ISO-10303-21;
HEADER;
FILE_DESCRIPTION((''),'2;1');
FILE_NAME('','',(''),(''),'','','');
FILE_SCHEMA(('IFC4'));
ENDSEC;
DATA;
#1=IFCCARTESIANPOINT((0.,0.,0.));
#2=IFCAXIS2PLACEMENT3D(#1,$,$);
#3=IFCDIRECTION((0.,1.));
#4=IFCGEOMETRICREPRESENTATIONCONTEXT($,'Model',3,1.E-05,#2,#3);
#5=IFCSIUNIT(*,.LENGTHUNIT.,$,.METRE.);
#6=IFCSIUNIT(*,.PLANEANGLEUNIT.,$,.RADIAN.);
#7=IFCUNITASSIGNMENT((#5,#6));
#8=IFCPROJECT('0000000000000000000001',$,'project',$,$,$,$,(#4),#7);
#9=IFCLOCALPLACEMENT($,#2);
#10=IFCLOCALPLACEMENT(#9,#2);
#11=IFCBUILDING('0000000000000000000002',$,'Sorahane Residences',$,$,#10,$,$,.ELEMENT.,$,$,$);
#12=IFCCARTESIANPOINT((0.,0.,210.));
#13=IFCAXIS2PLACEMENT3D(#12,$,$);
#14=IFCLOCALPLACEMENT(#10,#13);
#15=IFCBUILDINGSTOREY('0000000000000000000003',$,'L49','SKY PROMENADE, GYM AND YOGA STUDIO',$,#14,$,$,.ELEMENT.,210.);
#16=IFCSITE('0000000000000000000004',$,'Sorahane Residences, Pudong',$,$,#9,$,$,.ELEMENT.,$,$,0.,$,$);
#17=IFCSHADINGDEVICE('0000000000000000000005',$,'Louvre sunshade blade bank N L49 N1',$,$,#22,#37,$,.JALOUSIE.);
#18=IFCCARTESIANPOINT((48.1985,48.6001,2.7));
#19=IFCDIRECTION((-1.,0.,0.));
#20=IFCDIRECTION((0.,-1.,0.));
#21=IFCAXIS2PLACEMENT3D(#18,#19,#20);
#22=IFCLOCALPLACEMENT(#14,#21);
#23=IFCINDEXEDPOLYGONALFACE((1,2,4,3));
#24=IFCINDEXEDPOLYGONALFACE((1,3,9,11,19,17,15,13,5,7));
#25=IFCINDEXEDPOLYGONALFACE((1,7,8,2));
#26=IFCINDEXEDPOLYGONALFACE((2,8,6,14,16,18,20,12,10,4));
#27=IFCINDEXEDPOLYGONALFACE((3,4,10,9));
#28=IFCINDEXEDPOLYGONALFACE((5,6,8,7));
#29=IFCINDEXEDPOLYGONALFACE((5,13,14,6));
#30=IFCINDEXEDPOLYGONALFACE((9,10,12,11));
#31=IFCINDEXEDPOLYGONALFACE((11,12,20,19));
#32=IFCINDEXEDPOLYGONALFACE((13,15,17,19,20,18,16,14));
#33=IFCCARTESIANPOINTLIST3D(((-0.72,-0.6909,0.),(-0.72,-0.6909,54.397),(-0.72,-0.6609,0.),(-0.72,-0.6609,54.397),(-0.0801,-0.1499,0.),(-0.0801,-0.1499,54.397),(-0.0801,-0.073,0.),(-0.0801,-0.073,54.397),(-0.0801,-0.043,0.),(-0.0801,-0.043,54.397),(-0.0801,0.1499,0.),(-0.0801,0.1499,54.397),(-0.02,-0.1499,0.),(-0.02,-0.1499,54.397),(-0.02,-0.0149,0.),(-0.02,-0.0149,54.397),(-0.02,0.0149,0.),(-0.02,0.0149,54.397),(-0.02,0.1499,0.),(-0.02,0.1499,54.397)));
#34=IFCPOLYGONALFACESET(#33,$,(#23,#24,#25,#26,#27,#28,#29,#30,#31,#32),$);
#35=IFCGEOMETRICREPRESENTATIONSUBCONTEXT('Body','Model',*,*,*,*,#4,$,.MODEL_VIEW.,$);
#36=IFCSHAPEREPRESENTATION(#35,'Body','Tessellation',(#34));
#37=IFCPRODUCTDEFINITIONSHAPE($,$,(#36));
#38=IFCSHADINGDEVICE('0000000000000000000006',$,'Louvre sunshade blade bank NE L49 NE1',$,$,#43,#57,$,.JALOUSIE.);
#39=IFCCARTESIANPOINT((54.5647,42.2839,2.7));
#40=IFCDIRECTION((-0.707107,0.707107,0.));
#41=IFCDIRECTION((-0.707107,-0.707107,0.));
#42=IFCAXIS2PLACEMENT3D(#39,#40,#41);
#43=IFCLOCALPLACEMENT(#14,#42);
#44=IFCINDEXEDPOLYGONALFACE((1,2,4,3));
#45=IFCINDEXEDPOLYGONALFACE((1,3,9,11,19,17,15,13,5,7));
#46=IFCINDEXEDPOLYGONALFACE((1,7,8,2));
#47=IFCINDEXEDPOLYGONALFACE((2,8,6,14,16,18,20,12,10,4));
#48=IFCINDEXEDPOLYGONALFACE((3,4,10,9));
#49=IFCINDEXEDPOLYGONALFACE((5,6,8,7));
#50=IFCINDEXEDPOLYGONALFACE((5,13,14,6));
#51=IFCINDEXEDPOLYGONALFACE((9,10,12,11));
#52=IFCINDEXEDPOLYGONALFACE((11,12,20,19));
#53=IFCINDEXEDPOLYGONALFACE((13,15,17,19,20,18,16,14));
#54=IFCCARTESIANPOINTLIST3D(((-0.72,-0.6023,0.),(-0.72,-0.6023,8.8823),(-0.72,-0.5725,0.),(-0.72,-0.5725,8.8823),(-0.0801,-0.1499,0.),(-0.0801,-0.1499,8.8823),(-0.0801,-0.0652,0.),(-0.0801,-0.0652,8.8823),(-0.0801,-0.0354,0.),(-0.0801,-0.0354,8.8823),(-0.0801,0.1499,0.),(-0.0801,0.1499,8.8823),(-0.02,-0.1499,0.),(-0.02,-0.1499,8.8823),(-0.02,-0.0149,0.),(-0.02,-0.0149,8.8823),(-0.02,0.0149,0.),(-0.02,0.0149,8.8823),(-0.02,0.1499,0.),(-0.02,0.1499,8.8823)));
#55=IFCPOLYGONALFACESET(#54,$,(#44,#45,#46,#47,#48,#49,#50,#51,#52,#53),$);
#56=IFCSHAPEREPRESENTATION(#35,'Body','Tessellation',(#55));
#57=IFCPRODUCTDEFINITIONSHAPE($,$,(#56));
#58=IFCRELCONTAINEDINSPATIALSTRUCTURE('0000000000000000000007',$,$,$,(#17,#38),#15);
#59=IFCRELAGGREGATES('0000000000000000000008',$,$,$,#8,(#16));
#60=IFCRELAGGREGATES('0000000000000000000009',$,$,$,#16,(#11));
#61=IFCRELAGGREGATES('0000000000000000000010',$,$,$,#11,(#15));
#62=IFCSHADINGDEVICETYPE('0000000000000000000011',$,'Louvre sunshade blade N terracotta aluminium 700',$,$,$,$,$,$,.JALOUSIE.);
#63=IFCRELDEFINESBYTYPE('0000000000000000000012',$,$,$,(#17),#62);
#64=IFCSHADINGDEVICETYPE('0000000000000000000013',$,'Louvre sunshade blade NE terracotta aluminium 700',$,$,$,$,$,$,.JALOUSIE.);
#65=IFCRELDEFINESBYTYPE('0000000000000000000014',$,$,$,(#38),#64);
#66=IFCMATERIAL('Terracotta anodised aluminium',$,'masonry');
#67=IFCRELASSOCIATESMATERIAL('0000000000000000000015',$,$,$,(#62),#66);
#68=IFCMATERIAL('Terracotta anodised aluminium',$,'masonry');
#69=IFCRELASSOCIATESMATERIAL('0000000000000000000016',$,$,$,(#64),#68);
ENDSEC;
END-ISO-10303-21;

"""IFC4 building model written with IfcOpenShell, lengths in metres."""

from ifc_helpers import new_model, si_unit, direction, frame, origin, place, context, subcontext, project, spatial, polyline, outline, extrude, material, type_object, element, save


model = new_model("IFC4")

# Units and contexts
model_context = context("Model", 3, precision=1e-05, world=origin(), true_north=direction((0.0, 1.0)))
body_context = subcontext(model_context, "Body", "Model", "MODEL_VIEW")
ifc_project = project(units=[si_unit("LENGTHUNIT", "METRE"), si_unit("PLANEANGLEUNIT", "RADIAN")], contexts=[model_context])

# Site, building, storey
site_placement = place(None, origin())
site = spatial("IfcSite", under=ifc_project, at=site_placement, Name="Sorahane Residences, Pudong", CompositionType="ELEMENT", RefElevation=0.0)
building_placement = place(site_placement, origin())
building = spatial("IfcBuilding", under=site, at=building_placement, Name="Sorahane Residences", CompositionType="ELEMENT")
storey_placement = place(building_placement, frame((0.0, 0.0, 210.0)))
storey = spatial("IfcBuildingStorey", under=building, at=storey_placement, Name="L49", Description="SKY PROMENADE, GYM AND YOGA STUDIO", CompositionType="ELEMENT", Elevation=210.0)

# Shading devices
ifc_material_1 = material(Name="Terracotta anodised aluminium", Category="masonry")
shading_device_type_1 = type_object("IfcShadingDeviceType", Name="Louvre sunshade blade N terracotta aluminium 700", PredefinedType="JALOUSIE", material=ifc_material_1)
shading_device_1_placement = place(storey_placement, frame((48.1985, 48.6001, 2.7), z_axis=(-1.0, 0.0, 0.0), x_axis=(0.0, -1.0, 0.0)))
element("IfcShadingDevice", 1, at=shading_device_1_placement, inside=storey, type_object=shading_device_type_1, Name="Louvre sunshade blade bank N L49 N1", PredefinedType="JALOUSIE", context=body_context, shape_type="SweptSolid", body=[
    extrude(outline(polyline([(-0.72, -0.6609), (-0.72, -0.6909), (-0.0801, -0.073), (-0.0801, -0.1499), (-0.02, -0.1499), (-0.02, -0.0149), (-0.02, 0.0149), (-0.02, 0.1499), (-0.0801, 0.1499), (-0.0801, -0.043), (-0.72, -0.6609)])), origin(), (0.0, 0.0, 1.0), 54.397),
])
ifc_material_2 = material(Name="Terracotta anodised aluminium", Category="masonry")
shading_device_type_2 = type_object("IfcShadingDeviceType", Name="Louvre sunshade blade NE terracotta aluminium 700", PredefinedType="JALOUSIE", material=ifc_material_2)
shading_device_2_placement = place(storey_placement, frame((54.5647, 42.2839, 2.7), z_axis=(-0.707107, 0.707107, 0.0), x_axis=(-0.707107, -0.707107, 0.0)))
element("IfcShadingDevice", 2, at=shading_device_2_placement, inside=storey, type_object=shading_device_type_2, Name="Louvre sunshade blade bank NE L49 NE1", PredefinedType="JALOUSIE", context=body_context, shape_type="SweptSolid", body=[
    extrude(outline(polyline([(-0.72, -0.5725), (-0.72, -0.6023), (-0.0801, -0.0652), (-0.0801, -0.1499), (-0.02, -0.1499), (-0.02, -0.0149), (-0.02, 0.0149), (-0.02, 0.1499), (-0.0801, 0.1499), (-0.0801, -0.0354), (-0.72, -0.5725)])), origin(), (0.0, 0.0, 1.0), 8.8823),
])

save(model, "model.ifc")
